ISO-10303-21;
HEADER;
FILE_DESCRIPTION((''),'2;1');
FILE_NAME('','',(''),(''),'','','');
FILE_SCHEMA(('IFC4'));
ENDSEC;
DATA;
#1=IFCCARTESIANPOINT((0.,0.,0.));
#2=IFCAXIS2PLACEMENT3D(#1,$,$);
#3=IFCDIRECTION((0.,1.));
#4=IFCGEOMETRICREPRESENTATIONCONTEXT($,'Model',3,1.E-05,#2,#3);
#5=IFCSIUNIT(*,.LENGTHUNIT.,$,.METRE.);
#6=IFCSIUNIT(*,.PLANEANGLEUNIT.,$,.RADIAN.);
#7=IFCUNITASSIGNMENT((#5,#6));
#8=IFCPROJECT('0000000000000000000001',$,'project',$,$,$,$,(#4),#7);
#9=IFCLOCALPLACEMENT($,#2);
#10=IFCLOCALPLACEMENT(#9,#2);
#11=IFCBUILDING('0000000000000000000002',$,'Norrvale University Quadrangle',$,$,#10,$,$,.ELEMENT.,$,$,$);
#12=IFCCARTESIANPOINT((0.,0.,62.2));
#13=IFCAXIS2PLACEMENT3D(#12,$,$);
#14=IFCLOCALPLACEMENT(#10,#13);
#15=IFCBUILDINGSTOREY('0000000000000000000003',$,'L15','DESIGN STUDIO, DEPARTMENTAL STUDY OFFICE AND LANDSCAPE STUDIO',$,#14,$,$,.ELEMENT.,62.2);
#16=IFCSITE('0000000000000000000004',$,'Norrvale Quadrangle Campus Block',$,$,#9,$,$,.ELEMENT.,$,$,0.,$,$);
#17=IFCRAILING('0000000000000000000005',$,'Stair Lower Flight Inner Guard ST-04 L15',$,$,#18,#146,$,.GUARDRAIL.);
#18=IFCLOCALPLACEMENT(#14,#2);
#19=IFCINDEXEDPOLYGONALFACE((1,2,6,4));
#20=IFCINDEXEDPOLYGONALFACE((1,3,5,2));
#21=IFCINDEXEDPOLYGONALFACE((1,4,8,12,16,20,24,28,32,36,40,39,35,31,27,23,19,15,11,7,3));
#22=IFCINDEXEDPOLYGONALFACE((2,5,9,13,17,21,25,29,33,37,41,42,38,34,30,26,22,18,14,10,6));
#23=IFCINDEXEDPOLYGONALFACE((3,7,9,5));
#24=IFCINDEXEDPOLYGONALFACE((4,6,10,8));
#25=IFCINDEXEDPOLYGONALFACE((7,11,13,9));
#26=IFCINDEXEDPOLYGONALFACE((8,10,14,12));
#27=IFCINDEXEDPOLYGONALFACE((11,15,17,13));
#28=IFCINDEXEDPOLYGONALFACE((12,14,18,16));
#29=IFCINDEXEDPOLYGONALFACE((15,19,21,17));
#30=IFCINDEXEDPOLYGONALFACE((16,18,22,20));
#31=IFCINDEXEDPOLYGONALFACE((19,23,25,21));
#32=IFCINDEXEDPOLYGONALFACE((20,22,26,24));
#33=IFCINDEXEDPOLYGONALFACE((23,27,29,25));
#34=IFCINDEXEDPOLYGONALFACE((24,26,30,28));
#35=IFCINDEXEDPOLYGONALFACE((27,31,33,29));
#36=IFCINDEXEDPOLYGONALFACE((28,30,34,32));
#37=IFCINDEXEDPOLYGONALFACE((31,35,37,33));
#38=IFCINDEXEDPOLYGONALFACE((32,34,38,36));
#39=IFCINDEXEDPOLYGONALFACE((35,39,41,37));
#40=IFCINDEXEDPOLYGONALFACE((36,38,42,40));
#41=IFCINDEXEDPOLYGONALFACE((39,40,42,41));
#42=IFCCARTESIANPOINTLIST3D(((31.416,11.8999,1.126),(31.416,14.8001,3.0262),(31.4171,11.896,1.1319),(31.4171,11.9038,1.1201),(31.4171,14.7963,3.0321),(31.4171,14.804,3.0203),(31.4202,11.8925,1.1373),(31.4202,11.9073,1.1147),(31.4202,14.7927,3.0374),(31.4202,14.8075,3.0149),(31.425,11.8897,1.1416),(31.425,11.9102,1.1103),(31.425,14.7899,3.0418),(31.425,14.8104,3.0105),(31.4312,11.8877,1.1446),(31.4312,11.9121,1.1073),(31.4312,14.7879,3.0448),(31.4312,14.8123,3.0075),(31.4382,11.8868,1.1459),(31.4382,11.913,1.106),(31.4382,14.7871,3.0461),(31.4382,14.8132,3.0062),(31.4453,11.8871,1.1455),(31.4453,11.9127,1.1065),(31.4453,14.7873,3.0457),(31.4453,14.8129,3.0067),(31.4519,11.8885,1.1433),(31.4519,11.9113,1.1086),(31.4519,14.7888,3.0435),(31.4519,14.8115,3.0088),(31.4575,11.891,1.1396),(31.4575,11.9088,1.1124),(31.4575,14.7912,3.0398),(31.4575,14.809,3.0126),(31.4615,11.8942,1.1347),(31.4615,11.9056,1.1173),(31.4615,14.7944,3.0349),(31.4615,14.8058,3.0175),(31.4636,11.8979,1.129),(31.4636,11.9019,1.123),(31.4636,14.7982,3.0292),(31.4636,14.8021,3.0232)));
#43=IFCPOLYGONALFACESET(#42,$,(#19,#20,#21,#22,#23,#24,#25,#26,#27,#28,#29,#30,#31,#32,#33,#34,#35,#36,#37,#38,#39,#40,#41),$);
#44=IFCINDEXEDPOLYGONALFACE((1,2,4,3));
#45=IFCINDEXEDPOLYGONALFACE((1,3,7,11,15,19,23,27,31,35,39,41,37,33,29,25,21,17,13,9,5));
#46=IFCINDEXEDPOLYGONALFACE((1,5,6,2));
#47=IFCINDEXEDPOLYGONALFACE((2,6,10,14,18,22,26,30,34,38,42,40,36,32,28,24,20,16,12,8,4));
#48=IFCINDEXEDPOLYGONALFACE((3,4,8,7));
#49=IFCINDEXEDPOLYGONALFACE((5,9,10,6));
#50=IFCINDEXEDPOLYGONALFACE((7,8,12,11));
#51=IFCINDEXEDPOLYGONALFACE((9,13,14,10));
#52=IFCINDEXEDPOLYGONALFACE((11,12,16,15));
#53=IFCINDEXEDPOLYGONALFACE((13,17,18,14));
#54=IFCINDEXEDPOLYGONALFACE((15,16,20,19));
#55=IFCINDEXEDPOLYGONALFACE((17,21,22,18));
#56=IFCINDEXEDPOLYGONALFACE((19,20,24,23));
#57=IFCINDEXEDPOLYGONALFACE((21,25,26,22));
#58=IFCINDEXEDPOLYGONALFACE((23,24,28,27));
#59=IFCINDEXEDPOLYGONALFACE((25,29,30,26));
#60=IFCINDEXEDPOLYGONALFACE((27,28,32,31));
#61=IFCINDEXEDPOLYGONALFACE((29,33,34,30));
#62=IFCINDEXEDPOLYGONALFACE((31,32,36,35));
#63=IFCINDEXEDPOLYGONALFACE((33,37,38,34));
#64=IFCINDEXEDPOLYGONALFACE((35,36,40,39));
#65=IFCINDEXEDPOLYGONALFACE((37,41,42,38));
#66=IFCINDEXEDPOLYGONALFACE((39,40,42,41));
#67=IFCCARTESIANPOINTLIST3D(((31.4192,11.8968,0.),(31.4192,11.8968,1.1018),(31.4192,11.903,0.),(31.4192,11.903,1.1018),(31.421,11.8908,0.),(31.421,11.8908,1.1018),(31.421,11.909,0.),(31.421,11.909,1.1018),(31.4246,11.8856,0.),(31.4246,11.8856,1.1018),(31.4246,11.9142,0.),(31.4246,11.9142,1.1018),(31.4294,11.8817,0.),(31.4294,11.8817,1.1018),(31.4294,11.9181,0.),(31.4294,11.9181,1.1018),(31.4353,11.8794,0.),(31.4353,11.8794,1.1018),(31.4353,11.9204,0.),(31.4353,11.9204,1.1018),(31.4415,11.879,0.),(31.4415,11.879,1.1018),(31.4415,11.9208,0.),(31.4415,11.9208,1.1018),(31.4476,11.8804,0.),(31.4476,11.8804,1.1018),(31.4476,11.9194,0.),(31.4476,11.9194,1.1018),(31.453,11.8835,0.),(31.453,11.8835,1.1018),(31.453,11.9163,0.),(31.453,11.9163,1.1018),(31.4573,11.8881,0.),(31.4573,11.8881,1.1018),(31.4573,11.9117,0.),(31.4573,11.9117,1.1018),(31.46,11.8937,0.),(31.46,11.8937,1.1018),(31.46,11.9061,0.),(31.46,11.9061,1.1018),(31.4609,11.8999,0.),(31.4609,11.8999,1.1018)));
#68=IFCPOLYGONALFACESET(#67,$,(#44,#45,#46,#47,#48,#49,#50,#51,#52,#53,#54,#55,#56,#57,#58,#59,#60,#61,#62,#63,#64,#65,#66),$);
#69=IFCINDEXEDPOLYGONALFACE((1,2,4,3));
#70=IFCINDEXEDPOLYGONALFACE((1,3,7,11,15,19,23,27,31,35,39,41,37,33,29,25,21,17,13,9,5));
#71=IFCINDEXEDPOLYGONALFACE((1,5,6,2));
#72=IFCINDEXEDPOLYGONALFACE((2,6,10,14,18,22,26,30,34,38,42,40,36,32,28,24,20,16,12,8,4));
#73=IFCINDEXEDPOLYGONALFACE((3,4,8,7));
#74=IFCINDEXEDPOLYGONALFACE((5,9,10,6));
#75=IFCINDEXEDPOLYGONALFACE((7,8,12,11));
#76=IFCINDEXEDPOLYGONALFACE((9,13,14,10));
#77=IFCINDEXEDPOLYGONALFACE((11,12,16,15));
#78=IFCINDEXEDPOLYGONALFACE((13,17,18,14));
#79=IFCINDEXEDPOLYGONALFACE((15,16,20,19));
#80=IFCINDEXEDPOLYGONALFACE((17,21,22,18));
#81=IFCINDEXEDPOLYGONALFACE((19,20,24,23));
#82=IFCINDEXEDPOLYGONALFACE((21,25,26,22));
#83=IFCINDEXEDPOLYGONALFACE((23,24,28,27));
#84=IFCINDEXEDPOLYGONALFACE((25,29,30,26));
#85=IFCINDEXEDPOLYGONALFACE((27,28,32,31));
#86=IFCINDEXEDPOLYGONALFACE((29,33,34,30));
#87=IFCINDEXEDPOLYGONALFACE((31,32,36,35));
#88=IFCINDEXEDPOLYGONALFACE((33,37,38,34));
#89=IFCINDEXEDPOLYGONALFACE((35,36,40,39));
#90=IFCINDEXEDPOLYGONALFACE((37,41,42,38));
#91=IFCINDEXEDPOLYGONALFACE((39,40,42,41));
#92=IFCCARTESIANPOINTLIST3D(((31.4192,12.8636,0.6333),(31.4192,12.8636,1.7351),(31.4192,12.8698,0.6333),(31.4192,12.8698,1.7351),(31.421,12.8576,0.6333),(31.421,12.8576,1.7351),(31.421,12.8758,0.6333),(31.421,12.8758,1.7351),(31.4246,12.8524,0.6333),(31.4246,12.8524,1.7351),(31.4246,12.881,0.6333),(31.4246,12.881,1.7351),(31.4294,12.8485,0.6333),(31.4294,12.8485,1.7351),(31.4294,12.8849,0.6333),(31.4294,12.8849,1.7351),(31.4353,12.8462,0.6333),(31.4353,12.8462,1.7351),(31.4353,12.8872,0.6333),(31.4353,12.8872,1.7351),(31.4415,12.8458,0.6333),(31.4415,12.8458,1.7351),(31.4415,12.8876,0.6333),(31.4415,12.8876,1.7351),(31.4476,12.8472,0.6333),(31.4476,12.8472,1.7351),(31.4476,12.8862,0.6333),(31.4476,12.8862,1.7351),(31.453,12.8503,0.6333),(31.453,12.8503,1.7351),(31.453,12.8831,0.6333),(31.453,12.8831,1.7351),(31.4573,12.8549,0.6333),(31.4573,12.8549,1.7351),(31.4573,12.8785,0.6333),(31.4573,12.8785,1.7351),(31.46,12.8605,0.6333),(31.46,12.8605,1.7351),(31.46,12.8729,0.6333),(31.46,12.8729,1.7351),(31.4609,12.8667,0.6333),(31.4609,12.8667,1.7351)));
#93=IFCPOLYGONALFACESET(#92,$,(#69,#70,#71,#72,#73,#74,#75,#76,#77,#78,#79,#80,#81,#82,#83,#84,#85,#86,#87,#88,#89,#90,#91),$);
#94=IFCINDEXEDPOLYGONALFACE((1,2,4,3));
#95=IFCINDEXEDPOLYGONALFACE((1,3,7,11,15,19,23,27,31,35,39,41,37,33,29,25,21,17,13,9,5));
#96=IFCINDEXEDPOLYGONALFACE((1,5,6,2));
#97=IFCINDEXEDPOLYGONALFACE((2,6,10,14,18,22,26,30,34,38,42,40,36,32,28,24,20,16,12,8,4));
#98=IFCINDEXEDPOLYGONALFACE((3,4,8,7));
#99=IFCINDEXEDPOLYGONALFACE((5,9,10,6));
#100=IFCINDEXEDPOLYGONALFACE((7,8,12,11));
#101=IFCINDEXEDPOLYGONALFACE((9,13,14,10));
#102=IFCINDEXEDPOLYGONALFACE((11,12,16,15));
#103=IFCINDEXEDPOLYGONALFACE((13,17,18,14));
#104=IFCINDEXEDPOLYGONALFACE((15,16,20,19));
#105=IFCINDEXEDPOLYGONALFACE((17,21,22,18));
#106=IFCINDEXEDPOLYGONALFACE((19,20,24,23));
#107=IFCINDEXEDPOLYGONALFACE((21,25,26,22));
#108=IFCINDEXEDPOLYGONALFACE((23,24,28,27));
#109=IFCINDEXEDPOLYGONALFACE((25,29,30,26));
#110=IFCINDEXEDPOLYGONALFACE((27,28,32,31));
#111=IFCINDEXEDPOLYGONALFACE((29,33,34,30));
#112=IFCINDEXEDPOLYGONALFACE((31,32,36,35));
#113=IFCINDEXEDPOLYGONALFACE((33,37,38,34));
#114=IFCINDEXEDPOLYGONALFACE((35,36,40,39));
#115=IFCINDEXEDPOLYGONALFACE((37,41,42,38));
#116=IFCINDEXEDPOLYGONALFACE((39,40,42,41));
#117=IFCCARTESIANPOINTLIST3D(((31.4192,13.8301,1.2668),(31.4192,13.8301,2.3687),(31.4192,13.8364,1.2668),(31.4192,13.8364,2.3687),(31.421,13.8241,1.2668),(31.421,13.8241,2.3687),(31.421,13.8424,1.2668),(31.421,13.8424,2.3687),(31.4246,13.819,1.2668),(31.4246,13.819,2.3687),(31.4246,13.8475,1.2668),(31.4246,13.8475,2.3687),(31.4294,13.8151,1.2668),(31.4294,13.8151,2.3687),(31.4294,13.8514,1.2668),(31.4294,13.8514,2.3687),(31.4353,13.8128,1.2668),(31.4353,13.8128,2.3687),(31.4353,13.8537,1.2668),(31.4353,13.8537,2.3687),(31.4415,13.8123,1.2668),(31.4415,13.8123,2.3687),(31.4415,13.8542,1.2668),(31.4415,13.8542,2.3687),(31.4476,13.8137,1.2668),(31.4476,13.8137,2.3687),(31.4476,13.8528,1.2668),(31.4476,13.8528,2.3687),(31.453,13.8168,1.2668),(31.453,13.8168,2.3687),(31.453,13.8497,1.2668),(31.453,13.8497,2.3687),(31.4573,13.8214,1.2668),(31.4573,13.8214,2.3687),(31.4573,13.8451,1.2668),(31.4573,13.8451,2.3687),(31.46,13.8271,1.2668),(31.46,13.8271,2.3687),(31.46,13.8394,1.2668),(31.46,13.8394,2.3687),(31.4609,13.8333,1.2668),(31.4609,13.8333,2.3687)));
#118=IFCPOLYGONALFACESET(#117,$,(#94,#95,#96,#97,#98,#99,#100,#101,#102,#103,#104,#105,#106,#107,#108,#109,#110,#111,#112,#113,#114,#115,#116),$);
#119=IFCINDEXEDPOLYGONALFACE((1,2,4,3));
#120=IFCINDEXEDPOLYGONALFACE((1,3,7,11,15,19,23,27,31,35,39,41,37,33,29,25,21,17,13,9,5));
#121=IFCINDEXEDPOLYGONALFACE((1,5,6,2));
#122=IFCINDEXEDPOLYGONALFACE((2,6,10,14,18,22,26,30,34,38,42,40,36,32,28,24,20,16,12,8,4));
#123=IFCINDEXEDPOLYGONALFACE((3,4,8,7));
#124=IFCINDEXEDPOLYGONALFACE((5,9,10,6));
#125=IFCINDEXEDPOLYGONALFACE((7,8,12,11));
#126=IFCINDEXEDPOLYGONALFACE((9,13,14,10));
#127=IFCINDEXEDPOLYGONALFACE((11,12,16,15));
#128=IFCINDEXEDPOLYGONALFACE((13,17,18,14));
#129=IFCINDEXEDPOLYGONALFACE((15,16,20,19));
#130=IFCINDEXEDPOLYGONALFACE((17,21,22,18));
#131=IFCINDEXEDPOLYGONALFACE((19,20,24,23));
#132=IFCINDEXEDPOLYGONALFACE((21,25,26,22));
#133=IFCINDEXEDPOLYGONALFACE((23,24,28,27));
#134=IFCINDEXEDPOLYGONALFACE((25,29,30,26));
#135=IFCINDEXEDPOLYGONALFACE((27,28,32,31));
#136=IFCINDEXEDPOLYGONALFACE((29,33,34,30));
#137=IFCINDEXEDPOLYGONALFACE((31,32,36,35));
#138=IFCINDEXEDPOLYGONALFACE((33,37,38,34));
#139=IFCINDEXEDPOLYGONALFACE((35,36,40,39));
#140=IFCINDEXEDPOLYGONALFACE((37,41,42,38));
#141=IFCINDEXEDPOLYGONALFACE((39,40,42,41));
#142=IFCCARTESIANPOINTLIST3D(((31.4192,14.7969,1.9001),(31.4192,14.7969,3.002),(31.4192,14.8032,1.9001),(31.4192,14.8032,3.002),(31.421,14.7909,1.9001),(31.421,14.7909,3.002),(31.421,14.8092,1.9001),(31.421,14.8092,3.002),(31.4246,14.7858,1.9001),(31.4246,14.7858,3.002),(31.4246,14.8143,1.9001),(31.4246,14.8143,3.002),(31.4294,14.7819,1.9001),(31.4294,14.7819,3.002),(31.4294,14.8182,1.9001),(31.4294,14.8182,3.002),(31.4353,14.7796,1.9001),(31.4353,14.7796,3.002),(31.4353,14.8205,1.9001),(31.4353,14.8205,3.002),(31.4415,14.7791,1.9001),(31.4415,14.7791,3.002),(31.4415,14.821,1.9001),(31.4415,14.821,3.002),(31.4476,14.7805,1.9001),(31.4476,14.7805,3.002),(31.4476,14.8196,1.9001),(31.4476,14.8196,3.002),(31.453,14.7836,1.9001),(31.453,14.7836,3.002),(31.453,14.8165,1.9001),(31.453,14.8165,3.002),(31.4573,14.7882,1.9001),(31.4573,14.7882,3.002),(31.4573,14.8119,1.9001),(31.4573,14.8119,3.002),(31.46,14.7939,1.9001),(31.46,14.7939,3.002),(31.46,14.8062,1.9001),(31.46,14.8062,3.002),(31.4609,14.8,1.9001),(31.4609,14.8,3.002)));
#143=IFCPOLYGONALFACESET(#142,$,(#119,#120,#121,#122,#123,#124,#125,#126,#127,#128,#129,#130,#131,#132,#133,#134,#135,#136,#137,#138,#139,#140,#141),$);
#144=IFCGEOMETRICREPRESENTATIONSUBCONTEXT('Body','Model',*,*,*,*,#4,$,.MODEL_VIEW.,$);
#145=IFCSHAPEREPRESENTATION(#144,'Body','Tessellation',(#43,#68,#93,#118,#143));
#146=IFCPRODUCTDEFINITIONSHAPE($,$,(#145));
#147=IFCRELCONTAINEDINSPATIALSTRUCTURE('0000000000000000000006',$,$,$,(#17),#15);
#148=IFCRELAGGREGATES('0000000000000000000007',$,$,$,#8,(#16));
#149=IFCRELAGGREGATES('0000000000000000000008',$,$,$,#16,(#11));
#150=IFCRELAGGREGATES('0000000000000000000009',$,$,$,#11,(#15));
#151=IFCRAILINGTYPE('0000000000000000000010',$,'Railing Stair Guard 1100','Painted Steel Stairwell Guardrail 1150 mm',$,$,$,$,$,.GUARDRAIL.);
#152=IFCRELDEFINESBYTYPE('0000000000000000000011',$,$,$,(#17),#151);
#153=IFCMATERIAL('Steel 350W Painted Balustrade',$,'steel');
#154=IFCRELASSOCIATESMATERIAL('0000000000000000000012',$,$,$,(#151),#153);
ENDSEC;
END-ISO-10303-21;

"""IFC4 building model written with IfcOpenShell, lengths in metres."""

from ifc_helpers import new_model, si_unit, direction, frame, origin, origin_2d, place, context, subcontext, project, spatial, circle, extrude, material, type_object, element, save


model = new_model("IFC4")

# Units and contexts
model_context = context("Model", 3, precision=1e-05, world=origin(), true_north=direction((0.0, 1.0)))
body_context = subcontext(model_context, "Body", "Model", "MODEL_VIEW")
ifc_project = project(units=[si_unit("LENGTHUNIT", "METRE"), si_unit("PLANEANGLEUNIT", "RADIAN")], contexts=[model_context])

# Site, building, storey
site_placement = place(None, origin())
site = spatial("IfcSite", under=ifc_project, at=site_placement, Name="Norrvale Quadrangle Campus Block", CompositionType="ELEMENT", RefElevation=0.0)
building_placement = place(site_placement, origin())
building = spatial("IfcBuilding", under=site, at=building_placement, Name="Norrvale University Quadrangle", CompositionType="ELEMENT")
storey_placement = place(building_placement, frame((0.0, 0.0, 62.2)))
storey = spatial("IfcBuildingStorey", under=building, at=storey_placement, Name="L15", Description="DESIGN STUDIO, DEPARTMENTAL STUDY OFFICE AND LANDSCAPE STUDIO", CompositionType="ELEMENT", Elevation=62.2)

# Railing
ifc_material_1 = material(Name="Steel 350W Painted Balustrade", Category="steel")
railing_type_1 = type_object("IfcRailingType", Name="Railing Stair Guard 1100", Description="Painted Steel Stairwell Guardrail 1150 mm", PredefinedType="GUARDRAIL", material=ifc_material_1)
railing_1_placement = place(storey_placement, frame((31.4399, 11.8999, 0.0)))
element("IfcRailing", 1, at=railing_1_placement, inside=storey, type_object=railing_type_1, Name="Stair Lower Flight Inner Guard ST-04 L15", PredefinedType="GUARDRAIL", context=body_context, shape_type="SweptSolid", body=[
    extrude(circle(Radius=0.0239, at=origin_2d()), frame((0.0, 0.0, 1.126), z_axis=(0.0, 0.836454, 0.548036), x_axis=(-1.0, 0.0, 0.0)), (0.0, 0.0, 1.0), 3.4673),
    extrude(circle(Radius=0.021, at=origin_2d()), origin(), (0.0, 0.0, 1.0), 1.1018),
    extrude(circle(Radius=0.021, at=origin_2d()), frame((0.0, 0.9668, 0.6333)), (0.0, 0.0, 1.0), 1.1018),
    extrude(circle(Radius=0.021, at=origin_2d()), frame((0.0, 1.9333, 1.2668)), (0.0, 0.0, 1.0), 1.1018),
    extrude(circle(Radius=0.021, at=origin_2d()), frame((0.0, 2.9001, 1.9001)), (0.0, 0.0, 1.0), 1.1018),
])

save(model, "model.ifc")
